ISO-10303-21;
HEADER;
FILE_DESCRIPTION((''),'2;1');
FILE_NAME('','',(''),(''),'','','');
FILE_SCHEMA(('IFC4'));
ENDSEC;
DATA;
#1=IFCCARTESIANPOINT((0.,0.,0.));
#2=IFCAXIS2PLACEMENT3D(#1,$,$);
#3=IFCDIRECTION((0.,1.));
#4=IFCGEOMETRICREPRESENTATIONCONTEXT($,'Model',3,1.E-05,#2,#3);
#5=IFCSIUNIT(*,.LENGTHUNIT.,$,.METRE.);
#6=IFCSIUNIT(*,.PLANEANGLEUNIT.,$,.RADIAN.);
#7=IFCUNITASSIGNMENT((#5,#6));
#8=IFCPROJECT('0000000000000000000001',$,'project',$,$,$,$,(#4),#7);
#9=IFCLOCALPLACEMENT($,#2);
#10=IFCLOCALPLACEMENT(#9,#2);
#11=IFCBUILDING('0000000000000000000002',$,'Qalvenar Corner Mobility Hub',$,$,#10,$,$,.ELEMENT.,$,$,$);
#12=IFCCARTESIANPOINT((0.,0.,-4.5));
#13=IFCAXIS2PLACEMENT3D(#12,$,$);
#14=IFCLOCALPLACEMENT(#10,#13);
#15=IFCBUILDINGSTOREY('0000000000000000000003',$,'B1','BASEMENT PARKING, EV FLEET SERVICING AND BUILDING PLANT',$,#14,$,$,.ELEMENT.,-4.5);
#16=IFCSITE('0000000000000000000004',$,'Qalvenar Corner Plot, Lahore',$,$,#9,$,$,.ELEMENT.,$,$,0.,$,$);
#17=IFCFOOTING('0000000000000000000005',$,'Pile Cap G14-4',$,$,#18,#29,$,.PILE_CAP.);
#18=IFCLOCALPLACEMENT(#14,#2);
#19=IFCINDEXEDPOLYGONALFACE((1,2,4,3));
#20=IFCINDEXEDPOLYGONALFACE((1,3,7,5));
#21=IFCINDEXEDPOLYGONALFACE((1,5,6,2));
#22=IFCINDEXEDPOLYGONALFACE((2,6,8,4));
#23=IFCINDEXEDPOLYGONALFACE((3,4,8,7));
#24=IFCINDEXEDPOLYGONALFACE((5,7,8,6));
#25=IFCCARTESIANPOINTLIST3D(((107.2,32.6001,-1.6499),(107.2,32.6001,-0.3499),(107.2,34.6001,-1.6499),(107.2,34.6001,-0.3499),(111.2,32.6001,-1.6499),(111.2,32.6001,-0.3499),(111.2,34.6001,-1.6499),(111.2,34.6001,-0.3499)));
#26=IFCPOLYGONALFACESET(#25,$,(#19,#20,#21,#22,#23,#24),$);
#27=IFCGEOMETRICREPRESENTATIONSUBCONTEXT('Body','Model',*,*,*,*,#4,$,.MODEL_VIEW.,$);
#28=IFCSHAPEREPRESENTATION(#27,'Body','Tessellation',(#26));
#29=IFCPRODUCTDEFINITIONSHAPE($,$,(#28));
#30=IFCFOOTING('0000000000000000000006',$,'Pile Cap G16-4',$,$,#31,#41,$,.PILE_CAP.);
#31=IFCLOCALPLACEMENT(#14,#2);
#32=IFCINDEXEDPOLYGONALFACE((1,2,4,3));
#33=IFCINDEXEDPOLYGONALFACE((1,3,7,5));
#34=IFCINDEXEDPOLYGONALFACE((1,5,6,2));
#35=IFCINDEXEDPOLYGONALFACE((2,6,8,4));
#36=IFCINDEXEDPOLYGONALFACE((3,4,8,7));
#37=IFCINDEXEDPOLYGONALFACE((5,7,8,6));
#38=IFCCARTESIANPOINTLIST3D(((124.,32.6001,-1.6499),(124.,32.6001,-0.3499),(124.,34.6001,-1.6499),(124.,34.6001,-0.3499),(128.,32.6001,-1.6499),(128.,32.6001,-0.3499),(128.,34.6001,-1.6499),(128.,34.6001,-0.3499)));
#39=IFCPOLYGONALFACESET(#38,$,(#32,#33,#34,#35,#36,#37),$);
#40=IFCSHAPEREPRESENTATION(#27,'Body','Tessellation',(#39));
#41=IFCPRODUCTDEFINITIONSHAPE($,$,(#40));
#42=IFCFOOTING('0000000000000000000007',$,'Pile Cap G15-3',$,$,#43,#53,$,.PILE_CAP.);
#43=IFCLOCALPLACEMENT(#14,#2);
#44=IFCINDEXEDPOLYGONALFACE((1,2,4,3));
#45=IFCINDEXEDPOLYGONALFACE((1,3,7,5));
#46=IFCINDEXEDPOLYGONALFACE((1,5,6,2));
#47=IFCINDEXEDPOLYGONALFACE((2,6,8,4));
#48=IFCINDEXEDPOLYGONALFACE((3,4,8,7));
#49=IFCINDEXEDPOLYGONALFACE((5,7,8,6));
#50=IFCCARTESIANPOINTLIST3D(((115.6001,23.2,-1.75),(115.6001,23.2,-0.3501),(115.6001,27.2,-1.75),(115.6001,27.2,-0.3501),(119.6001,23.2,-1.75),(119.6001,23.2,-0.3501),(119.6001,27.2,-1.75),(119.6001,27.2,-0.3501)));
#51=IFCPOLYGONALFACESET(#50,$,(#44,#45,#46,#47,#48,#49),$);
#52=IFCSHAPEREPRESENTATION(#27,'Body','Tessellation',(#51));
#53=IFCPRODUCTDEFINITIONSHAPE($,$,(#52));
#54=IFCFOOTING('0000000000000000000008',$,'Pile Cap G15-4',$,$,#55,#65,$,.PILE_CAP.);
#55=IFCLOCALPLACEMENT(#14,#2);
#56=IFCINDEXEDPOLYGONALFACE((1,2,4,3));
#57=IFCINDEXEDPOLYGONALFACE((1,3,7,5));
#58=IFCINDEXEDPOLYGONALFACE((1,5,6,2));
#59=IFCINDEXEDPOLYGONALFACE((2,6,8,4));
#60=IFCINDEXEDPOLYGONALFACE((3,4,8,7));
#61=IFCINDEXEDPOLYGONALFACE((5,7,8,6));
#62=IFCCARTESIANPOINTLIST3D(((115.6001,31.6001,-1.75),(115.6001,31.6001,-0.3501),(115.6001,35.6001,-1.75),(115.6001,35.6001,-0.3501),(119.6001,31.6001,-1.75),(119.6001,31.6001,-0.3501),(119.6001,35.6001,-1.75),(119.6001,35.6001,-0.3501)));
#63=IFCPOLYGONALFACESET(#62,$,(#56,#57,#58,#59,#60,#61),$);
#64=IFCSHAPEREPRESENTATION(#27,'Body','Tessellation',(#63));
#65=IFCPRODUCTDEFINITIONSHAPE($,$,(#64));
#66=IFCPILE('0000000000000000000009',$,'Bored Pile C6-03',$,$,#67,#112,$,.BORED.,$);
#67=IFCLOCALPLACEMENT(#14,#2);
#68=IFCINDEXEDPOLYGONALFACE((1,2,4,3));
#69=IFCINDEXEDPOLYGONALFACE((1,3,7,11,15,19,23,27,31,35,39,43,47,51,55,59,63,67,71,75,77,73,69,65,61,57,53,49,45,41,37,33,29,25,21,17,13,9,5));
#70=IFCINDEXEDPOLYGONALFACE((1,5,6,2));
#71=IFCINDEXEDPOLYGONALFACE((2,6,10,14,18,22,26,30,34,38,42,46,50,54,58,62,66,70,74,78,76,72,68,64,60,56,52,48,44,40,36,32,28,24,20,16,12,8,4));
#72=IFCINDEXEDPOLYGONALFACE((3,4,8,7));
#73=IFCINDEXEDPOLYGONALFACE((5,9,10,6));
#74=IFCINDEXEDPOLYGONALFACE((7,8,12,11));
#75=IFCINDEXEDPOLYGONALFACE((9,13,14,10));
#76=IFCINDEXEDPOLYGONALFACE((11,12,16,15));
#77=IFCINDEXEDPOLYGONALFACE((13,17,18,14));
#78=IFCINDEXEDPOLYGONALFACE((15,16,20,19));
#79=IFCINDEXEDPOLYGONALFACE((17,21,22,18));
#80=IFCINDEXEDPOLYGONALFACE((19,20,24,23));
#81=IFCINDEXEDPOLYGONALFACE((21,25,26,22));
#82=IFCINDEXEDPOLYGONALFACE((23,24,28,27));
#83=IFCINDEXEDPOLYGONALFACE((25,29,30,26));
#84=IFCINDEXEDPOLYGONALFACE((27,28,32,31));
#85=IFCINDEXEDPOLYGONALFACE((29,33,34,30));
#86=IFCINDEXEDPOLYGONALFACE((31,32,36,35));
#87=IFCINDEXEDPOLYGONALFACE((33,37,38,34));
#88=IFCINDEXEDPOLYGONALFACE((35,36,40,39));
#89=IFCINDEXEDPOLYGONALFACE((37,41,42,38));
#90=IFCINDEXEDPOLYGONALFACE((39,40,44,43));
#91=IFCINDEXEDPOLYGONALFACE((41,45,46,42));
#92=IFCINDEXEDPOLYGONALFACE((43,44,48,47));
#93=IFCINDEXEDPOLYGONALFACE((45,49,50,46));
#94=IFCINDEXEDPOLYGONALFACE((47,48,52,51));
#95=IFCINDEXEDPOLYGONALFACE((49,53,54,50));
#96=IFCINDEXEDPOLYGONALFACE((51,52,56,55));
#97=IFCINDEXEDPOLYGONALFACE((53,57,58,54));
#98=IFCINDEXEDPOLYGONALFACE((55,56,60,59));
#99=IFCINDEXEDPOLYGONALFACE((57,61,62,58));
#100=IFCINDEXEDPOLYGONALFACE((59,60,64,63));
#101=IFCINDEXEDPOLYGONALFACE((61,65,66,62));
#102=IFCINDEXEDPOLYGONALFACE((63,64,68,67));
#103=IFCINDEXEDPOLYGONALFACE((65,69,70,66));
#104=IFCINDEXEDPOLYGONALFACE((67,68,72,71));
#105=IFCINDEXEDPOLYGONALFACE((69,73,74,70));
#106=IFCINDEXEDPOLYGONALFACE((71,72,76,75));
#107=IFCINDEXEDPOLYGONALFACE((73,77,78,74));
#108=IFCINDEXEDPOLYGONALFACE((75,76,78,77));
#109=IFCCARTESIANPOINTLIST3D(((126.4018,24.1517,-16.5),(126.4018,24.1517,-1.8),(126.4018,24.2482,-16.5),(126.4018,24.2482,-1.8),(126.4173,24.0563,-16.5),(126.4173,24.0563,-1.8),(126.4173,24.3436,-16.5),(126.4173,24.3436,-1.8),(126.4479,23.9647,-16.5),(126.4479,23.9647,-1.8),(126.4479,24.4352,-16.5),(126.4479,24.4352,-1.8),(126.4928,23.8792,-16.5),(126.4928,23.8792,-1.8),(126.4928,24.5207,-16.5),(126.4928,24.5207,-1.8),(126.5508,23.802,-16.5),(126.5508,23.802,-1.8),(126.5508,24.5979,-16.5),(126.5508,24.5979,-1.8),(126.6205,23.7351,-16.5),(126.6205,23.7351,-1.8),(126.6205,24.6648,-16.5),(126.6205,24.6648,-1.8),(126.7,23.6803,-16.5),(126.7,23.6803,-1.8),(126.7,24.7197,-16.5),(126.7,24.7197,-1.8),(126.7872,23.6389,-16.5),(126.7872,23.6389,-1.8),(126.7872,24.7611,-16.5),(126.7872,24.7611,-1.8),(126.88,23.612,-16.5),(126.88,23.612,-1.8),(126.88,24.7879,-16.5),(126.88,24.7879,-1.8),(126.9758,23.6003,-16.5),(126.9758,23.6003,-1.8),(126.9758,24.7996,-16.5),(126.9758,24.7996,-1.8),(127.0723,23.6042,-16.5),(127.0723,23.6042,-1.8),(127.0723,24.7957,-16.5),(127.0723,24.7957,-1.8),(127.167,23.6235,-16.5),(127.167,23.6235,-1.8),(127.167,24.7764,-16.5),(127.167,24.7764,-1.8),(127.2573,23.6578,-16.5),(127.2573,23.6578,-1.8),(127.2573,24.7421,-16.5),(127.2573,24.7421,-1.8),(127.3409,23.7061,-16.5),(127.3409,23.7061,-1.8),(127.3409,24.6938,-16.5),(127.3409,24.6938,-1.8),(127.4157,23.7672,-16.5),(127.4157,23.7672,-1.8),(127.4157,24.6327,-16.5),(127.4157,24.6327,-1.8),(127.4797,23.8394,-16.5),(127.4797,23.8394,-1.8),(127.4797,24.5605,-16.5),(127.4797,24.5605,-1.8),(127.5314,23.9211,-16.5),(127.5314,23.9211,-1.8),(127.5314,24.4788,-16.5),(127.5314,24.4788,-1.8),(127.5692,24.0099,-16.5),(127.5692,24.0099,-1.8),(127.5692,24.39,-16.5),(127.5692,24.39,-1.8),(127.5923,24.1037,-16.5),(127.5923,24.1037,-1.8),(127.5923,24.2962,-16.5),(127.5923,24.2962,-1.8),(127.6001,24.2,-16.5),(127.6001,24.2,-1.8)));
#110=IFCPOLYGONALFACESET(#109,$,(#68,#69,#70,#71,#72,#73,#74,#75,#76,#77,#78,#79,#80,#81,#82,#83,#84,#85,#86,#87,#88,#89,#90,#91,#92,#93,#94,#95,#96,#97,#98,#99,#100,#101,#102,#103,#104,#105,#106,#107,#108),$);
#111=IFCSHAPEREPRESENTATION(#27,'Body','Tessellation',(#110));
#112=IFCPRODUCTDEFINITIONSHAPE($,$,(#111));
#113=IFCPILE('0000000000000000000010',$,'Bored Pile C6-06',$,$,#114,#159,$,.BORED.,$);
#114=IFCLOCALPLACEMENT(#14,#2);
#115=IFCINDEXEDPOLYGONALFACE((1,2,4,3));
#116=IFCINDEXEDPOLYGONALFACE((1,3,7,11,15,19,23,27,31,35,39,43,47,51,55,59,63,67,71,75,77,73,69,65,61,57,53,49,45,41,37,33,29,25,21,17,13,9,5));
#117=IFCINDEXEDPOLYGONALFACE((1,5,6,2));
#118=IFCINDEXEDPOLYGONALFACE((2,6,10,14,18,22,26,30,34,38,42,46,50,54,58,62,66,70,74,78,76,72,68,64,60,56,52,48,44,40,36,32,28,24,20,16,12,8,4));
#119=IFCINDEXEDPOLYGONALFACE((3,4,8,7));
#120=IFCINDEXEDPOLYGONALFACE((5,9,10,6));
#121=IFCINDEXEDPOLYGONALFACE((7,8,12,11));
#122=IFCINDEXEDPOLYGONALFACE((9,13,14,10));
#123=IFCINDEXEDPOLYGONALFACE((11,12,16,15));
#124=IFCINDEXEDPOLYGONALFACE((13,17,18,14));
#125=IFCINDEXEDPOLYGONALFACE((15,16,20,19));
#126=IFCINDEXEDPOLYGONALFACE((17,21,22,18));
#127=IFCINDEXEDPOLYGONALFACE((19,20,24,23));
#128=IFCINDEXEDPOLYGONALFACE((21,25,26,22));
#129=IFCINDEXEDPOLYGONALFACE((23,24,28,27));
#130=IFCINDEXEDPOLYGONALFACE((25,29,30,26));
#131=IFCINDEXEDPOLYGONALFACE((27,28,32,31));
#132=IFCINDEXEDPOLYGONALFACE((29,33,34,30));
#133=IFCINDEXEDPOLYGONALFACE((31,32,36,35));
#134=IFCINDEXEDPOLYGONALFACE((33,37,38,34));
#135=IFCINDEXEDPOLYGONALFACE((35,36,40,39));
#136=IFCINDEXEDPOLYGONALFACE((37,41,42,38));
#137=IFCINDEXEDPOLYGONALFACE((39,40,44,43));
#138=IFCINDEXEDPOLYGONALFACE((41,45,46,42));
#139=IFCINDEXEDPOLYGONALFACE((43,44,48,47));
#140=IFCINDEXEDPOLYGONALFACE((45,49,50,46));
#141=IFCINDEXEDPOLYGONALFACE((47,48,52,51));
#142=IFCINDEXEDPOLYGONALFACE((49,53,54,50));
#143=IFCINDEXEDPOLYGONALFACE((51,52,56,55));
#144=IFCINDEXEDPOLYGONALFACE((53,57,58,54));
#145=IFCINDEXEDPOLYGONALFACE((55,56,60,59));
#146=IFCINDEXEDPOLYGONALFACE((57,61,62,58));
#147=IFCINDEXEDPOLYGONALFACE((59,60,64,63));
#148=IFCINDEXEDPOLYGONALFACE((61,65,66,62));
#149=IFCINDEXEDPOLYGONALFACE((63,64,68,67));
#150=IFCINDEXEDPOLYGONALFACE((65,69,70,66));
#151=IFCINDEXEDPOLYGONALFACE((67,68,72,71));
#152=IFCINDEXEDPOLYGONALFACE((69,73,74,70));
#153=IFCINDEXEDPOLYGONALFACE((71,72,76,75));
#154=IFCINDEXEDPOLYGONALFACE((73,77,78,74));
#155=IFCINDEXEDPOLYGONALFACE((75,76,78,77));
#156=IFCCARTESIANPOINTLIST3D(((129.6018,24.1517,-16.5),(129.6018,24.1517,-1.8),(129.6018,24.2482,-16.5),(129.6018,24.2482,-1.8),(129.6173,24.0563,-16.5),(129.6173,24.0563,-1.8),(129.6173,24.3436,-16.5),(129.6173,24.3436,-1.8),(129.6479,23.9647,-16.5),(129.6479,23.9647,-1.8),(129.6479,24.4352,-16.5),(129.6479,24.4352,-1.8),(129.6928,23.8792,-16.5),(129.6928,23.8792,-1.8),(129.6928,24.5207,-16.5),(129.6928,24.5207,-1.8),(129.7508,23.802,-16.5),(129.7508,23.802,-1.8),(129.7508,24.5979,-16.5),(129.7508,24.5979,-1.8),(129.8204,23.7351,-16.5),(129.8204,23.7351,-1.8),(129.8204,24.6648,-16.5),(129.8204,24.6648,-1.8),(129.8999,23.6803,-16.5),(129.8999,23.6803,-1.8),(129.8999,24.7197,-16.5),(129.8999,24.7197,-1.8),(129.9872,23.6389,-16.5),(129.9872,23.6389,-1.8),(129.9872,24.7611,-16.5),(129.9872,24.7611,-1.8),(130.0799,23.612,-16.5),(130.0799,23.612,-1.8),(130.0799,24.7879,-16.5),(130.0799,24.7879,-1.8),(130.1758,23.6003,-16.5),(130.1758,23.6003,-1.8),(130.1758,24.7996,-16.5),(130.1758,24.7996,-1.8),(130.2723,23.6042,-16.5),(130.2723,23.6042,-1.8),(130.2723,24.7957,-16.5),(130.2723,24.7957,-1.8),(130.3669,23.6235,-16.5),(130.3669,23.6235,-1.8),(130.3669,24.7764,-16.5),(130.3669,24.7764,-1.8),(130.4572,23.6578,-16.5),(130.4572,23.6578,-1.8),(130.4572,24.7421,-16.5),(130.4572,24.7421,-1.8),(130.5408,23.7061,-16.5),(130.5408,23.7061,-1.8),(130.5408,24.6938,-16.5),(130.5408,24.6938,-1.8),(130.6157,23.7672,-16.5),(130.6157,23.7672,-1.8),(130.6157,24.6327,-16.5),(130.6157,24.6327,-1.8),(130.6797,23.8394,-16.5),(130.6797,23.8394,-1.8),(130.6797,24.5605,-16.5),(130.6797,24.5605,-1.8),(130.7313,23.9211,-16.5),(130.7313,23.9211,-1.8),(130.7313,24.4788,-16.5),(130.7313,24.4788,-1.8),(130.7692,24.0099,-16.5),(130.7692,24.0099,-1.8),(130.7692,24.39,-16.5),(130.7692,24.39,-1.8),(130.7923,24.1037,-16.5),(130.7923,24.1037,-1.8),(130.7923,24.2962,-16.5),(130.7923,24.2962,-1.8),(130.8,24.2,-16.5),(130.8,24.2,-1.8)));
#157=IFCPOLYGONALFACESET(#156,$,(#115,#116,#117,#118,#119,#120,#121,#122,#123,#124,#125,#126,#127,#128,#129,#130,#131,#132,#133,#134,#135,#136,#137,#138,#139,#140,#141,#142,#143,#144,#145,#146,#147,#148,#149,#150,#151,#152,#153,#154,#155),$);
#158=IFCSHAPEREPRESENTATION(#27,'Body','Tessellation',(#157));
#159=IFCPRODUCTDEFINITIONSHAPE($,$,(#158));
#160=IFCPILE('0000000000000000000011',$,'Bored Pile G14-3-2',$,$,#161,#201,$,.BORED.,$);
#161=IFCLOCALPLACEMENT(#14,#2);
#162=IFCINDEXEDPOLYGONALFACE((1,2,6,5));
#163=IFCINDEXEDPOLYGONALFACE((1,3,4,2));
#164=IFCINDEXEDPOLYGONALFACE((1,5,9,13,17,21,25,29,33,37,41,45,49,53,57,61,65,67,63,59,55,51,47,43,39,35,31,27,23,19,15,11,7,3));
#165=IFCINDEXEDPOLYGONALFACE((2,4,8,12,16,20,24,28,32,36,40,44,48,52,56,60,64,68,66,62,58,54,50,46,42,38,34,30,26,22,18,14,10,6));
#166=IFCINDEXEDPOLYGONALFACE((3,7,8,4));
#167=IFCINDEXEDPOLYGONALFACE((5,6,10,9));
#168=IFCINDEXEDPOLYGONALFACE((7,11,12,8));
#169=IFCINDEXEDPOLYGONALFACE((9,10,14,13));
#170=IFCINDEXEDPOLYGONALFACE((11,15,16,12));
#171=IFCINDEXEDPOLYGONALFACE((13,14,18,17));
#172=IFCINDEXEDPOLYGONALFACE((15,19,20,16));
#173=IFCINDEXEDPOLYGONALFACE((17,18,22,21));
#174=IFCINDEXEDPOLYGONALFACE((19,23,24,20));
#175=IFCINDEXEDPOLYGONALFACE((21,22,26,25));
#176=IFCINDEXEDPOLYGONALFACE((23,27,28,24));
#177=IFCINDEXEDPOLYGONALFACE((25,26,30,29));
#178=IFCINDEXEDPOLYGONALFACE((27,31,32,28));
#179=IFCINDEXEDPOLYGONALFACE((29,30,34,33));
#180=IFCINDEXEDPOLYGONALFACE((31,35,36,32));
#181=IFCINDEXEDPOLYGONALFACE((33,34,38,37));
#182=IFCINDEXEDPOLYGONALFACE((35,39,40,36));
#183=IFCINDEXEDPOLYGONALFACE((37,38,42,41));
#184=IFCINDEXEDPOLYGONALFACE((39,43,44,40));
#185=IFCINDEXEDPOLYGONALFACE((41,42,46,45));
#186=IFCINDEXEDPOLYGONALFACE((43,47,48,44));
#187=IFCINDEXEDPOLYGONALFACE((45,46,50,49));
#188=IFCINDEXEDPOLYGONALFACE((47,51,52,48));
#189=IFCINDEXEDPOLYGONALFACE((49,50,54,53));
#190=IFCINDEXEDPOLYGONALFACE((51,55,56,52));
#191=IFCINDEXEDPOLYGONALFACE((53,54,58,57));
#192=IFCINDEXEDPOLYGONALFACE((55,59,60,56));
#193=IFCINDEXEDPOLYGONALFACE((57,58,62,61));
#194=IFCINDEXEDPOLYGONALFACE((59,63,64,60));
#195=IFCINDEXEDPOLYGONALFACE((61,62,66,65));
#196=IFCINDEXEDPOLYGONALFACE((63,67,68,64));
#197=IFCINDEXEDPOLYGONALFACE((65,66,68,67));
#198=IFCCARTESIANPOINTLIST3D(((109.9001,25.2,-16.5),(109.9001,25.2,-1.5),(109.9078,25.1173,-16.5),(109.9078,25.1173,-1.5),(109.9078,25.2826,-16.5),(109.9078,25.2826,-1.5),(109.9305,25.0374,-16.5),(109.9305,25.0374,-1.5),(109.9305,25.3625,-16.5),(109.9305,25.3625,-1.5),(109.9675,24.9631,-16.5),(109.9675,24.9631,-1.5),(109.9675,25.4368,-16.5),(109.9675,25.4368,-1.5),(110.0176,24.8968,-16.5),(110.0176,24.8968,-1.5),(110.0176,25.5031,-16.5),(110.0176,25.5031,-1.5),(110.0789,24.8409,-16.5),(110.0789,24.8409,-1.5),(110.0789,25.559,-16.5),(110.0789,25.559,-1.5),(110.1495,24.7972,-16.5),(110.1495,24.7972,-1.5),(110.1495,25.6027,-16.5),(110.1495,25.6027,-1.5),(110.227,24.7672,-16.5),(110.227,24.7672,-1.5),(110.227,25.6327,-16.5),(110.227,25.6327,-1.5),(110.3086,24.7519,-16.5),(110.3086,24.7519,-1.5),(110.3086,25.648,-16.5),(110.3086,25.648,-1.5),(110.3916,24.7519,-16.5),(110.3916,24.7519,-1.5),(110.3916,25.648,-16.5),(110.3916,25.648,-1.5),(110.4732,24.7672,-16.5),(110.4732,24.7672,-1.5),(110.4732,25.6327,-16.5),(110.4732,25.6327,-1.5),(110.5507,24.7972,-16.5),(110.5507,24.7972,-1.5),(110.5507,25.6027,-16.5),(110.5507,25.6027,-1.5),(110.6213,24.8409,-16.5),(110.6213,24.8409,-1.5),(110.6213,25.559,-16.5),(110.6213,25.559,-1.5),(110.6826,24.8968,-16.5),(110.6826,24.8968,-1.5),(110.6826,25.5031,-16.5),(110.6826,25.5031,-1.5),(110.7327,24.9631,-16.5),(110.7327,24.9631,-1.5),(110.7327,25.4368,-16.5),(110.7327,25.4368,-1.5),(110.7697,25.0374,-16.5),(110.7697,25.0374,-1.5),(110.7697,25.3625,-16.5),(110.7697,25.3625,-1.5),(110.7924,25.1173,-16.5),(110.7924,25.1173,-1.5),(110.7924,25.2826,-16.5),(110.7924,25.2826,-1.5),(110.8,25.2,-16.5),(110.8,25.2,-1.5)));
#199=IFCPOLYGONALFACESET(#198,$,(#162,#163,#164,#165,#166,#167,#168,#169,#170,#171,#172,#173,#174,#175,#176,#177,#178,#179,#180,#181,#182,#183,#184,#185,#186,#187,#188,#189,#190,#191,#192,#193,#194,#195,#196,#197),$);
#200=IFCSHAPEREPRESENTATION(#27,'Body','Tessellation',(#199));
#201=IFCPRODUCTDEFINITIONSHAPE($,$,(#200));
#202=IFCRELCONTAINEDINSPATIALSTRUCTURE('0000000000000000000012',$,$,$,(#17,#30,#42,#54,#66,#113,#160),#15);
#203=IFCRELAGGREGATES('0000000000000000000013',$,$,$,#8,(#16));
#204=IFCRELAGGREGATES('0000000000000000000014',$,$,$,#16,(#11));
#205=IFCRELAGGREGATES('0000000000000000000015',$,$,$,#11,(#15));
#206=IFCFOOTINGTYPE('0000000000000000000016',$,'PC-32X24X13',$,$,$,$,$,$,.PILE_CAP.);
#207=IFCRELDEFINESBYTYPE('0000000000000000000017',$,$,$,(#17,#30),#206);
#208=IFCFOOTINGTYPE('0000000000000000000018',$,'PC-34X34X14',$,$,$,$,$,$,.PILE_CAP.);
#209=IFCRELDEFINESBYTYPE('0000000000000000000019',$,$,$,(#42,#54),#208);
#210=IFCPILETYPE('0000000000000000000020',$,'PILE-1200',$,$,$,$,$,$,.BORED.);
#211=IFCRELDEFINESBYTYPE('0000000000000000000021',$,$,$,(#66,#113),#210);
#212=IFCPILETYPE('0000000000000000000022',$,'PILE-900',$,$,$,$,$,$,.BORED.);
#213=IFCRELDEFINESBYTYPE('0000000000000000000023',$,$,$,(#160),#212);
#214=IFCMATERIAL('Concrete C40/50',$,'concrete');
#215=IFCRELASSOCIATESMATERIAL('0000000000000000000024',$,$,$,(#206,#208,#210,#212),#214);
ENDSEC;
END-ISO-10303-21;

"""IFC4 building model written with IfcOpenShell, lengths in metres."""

from ifc_helpers import new_model, si_unit, direction, frame, origin, origin_2d, place, context, subcontext, project, spatial, rectangle, circle, extrude, material, material_profile, profile_set, type_object, element, save


model = new_model("IFC4")

# Units and contexts
model_context = context("Model", 3, precision=1e-05, world=origin(), true_north=direction((0.0, 1.0)))
body_context = subcontext(model_context, "Body", "Model", "MODEL_VIEW")
ifc_project = project(units=[si_unit("LENGTHUNIT", "METRE"), si_unit("PLANEANGLEUNIT", "RADIAN")], contexts=[model_context])

# Site, building, storey
site_placement = place(None, origin())
site = spatial("IfcSite", under=ifc_project, at=site_placement, Name="Qalvenar Corner Plot, Lahore", CompositionType="ELEMENT", RefElevation=0.0)
building_placement = place(site_placement, origin())
building = spatial("IfcBuilding", under=site, at=building_placement, Name="Qalvenar Corner Mobility Hub", CompositionType="ELEMENT")
storey_placement = place(building_placement, frame((0.0, 0.0, -4.5)))
storey = spatial("IfcBuildingStorey", under=building, at=storey_placement, Name="B1", Description="BASEMENT PARKING, EV FLEET SERVICING AND BUILDING PLANT", CompositionType="ELEMENT", Elevation=-4.5)

# Footings
ifc_material_1 = material(Name="Concrete C40/50", Category="concrete")
footing_type_1 = type_object("IfcFootingType", Name="PC-32X24X13", PredefinedType="PILE_CAP", material=ifc_material_1)
for number, where, z_axis, x_axis, name in (
    (1, (109.2, 33.6001, -1.6499), (0.0, 0.0, 1.0), (1.0, 0.0, 0.0), "Pile Cap G14-4"),
    (2, (126.0, 33.6001, -1.6499), (0.0, 0.0, 1.0), (1.0, 0.0, 0.0), "Pile Cap G16-4"),
):
    element("IfcFooting", number, at=place(storey_placement, frame(where, z_axis=z_axis, x_axis=x_axis)), inside=storey, type_object=footing_type_1, Name=name, PredefinedType="PILE_CAP", context=body_context, shape_type="SweptSolid", body=[
        extrude(rectangle(XDim=4.0, YDim=2.0, at=origin_2d()), origin(), (0.0, 0.0, 1.0), 1.3),
    ])
footing_type_2 = type_object("IfcFootingType", Name="PC-34X34X14", PredefinedType="PILE_CAP", material=ifc_material_1)
for number, where, z_axis, x_axis, name in (
    (3, (117.6001, 25.2, -1.75), (0.0, 0.0, 1.0), (1.0, 0.0, 0.0), "Pile Cap G15-3"),
    (4, (117.6001, 33.6001, -1.75), (0.0, 0.0, 1.0), (1.0, 0.0, 0.0), "Pile Cap G15-4"),
):
    element("IfcFooting", number, at=place(storey_placement, frame(where, z_axis=z_axis, x_axis=x_axis)), inside=storey, type_object=footing_type_2, Name=name, PredefinedType="PILE_CAP", context=body_context, shape_type="SweptSolid", body=[
        extrude(rectangle(XDim=4.0, YDim=4.0, at=origin_2d()), origin(), (0.0, 0.0, 1.0), 1.3999),
    ])

# Piles
ifc_material_profile_1 = material_profile(ifc_material_1, circle(Radius=0.6001, at=origin_2d()), Name="DIA1200")
ifc_profile_set_1 = profile_set([ifc_material_profile_1], Name="Concrete C40/50")
pile_type_1 = type_object("IfcPileType", Name="PILE-1200", PredefinedType="BORED", material=ifc_profile_set_1)
for number, where, z_axis, x_axis, name in (
    (5, (127.0, 24.2, -1.8), (0.0, 0.0, -1.0), (1.0, 0.0, 0.0), "Bored Pile C6-03"),
    (6, (130.2, 24.2, -1.8), (0.0, 0.0, -1.0), (1.0, 0.0, 0.0), "Bored Pile C6-06"),
):
    element("IfcPile", number, at=place(storey_placement, frame(where, z_axis=z_axis, x_axis=x_axis)), inside=storey, type_object=pile_type_1, Name=name, PredefinedType="BORED", context=body_context, shape_type="SweptSolid", body=[
        extrude(circle(Radius=0.6001, at=origin_2d()), origin(), (0.0, 0.0, 1.0), 14.7),
    ])
ifc_material_profile_2 = material_profile(ifc_material_1, circle(Radius=0.45, at=origin_2d()), Name="DIA900")
ifc_profile_set_2 = profile_set([ifc_material_profile_2], Name="Concrete C40/50")
pile_type_2 = type_object("IfcPileType", Name="PILE-900", PredefinedType="BORED", material=ifc_profile_set_2)
for number, where, z_axis, x_axis, name in (
    (7, (110.3501, 25.2, -1.5), (0.0, 0.0, -1.0), (1.0, 0.0, 0.0), "Bored Pile G14-3-2"),
):
    element("IfcPile", number, at=place(storey_placement, frame(where, z_axis=z_axis, x_axis=x_axis)), inside=storey, type_object=pile_type_2, Name=name, PredefinedType="BORED", context=body_context, shape_type="SweptSolid", body=[
        extrude(circle(Radius=0.45, at=origin_2d()), origin(), (0.0, 0.0, 1.0), 15.0),
    ])

save(model, "model.ifc")
